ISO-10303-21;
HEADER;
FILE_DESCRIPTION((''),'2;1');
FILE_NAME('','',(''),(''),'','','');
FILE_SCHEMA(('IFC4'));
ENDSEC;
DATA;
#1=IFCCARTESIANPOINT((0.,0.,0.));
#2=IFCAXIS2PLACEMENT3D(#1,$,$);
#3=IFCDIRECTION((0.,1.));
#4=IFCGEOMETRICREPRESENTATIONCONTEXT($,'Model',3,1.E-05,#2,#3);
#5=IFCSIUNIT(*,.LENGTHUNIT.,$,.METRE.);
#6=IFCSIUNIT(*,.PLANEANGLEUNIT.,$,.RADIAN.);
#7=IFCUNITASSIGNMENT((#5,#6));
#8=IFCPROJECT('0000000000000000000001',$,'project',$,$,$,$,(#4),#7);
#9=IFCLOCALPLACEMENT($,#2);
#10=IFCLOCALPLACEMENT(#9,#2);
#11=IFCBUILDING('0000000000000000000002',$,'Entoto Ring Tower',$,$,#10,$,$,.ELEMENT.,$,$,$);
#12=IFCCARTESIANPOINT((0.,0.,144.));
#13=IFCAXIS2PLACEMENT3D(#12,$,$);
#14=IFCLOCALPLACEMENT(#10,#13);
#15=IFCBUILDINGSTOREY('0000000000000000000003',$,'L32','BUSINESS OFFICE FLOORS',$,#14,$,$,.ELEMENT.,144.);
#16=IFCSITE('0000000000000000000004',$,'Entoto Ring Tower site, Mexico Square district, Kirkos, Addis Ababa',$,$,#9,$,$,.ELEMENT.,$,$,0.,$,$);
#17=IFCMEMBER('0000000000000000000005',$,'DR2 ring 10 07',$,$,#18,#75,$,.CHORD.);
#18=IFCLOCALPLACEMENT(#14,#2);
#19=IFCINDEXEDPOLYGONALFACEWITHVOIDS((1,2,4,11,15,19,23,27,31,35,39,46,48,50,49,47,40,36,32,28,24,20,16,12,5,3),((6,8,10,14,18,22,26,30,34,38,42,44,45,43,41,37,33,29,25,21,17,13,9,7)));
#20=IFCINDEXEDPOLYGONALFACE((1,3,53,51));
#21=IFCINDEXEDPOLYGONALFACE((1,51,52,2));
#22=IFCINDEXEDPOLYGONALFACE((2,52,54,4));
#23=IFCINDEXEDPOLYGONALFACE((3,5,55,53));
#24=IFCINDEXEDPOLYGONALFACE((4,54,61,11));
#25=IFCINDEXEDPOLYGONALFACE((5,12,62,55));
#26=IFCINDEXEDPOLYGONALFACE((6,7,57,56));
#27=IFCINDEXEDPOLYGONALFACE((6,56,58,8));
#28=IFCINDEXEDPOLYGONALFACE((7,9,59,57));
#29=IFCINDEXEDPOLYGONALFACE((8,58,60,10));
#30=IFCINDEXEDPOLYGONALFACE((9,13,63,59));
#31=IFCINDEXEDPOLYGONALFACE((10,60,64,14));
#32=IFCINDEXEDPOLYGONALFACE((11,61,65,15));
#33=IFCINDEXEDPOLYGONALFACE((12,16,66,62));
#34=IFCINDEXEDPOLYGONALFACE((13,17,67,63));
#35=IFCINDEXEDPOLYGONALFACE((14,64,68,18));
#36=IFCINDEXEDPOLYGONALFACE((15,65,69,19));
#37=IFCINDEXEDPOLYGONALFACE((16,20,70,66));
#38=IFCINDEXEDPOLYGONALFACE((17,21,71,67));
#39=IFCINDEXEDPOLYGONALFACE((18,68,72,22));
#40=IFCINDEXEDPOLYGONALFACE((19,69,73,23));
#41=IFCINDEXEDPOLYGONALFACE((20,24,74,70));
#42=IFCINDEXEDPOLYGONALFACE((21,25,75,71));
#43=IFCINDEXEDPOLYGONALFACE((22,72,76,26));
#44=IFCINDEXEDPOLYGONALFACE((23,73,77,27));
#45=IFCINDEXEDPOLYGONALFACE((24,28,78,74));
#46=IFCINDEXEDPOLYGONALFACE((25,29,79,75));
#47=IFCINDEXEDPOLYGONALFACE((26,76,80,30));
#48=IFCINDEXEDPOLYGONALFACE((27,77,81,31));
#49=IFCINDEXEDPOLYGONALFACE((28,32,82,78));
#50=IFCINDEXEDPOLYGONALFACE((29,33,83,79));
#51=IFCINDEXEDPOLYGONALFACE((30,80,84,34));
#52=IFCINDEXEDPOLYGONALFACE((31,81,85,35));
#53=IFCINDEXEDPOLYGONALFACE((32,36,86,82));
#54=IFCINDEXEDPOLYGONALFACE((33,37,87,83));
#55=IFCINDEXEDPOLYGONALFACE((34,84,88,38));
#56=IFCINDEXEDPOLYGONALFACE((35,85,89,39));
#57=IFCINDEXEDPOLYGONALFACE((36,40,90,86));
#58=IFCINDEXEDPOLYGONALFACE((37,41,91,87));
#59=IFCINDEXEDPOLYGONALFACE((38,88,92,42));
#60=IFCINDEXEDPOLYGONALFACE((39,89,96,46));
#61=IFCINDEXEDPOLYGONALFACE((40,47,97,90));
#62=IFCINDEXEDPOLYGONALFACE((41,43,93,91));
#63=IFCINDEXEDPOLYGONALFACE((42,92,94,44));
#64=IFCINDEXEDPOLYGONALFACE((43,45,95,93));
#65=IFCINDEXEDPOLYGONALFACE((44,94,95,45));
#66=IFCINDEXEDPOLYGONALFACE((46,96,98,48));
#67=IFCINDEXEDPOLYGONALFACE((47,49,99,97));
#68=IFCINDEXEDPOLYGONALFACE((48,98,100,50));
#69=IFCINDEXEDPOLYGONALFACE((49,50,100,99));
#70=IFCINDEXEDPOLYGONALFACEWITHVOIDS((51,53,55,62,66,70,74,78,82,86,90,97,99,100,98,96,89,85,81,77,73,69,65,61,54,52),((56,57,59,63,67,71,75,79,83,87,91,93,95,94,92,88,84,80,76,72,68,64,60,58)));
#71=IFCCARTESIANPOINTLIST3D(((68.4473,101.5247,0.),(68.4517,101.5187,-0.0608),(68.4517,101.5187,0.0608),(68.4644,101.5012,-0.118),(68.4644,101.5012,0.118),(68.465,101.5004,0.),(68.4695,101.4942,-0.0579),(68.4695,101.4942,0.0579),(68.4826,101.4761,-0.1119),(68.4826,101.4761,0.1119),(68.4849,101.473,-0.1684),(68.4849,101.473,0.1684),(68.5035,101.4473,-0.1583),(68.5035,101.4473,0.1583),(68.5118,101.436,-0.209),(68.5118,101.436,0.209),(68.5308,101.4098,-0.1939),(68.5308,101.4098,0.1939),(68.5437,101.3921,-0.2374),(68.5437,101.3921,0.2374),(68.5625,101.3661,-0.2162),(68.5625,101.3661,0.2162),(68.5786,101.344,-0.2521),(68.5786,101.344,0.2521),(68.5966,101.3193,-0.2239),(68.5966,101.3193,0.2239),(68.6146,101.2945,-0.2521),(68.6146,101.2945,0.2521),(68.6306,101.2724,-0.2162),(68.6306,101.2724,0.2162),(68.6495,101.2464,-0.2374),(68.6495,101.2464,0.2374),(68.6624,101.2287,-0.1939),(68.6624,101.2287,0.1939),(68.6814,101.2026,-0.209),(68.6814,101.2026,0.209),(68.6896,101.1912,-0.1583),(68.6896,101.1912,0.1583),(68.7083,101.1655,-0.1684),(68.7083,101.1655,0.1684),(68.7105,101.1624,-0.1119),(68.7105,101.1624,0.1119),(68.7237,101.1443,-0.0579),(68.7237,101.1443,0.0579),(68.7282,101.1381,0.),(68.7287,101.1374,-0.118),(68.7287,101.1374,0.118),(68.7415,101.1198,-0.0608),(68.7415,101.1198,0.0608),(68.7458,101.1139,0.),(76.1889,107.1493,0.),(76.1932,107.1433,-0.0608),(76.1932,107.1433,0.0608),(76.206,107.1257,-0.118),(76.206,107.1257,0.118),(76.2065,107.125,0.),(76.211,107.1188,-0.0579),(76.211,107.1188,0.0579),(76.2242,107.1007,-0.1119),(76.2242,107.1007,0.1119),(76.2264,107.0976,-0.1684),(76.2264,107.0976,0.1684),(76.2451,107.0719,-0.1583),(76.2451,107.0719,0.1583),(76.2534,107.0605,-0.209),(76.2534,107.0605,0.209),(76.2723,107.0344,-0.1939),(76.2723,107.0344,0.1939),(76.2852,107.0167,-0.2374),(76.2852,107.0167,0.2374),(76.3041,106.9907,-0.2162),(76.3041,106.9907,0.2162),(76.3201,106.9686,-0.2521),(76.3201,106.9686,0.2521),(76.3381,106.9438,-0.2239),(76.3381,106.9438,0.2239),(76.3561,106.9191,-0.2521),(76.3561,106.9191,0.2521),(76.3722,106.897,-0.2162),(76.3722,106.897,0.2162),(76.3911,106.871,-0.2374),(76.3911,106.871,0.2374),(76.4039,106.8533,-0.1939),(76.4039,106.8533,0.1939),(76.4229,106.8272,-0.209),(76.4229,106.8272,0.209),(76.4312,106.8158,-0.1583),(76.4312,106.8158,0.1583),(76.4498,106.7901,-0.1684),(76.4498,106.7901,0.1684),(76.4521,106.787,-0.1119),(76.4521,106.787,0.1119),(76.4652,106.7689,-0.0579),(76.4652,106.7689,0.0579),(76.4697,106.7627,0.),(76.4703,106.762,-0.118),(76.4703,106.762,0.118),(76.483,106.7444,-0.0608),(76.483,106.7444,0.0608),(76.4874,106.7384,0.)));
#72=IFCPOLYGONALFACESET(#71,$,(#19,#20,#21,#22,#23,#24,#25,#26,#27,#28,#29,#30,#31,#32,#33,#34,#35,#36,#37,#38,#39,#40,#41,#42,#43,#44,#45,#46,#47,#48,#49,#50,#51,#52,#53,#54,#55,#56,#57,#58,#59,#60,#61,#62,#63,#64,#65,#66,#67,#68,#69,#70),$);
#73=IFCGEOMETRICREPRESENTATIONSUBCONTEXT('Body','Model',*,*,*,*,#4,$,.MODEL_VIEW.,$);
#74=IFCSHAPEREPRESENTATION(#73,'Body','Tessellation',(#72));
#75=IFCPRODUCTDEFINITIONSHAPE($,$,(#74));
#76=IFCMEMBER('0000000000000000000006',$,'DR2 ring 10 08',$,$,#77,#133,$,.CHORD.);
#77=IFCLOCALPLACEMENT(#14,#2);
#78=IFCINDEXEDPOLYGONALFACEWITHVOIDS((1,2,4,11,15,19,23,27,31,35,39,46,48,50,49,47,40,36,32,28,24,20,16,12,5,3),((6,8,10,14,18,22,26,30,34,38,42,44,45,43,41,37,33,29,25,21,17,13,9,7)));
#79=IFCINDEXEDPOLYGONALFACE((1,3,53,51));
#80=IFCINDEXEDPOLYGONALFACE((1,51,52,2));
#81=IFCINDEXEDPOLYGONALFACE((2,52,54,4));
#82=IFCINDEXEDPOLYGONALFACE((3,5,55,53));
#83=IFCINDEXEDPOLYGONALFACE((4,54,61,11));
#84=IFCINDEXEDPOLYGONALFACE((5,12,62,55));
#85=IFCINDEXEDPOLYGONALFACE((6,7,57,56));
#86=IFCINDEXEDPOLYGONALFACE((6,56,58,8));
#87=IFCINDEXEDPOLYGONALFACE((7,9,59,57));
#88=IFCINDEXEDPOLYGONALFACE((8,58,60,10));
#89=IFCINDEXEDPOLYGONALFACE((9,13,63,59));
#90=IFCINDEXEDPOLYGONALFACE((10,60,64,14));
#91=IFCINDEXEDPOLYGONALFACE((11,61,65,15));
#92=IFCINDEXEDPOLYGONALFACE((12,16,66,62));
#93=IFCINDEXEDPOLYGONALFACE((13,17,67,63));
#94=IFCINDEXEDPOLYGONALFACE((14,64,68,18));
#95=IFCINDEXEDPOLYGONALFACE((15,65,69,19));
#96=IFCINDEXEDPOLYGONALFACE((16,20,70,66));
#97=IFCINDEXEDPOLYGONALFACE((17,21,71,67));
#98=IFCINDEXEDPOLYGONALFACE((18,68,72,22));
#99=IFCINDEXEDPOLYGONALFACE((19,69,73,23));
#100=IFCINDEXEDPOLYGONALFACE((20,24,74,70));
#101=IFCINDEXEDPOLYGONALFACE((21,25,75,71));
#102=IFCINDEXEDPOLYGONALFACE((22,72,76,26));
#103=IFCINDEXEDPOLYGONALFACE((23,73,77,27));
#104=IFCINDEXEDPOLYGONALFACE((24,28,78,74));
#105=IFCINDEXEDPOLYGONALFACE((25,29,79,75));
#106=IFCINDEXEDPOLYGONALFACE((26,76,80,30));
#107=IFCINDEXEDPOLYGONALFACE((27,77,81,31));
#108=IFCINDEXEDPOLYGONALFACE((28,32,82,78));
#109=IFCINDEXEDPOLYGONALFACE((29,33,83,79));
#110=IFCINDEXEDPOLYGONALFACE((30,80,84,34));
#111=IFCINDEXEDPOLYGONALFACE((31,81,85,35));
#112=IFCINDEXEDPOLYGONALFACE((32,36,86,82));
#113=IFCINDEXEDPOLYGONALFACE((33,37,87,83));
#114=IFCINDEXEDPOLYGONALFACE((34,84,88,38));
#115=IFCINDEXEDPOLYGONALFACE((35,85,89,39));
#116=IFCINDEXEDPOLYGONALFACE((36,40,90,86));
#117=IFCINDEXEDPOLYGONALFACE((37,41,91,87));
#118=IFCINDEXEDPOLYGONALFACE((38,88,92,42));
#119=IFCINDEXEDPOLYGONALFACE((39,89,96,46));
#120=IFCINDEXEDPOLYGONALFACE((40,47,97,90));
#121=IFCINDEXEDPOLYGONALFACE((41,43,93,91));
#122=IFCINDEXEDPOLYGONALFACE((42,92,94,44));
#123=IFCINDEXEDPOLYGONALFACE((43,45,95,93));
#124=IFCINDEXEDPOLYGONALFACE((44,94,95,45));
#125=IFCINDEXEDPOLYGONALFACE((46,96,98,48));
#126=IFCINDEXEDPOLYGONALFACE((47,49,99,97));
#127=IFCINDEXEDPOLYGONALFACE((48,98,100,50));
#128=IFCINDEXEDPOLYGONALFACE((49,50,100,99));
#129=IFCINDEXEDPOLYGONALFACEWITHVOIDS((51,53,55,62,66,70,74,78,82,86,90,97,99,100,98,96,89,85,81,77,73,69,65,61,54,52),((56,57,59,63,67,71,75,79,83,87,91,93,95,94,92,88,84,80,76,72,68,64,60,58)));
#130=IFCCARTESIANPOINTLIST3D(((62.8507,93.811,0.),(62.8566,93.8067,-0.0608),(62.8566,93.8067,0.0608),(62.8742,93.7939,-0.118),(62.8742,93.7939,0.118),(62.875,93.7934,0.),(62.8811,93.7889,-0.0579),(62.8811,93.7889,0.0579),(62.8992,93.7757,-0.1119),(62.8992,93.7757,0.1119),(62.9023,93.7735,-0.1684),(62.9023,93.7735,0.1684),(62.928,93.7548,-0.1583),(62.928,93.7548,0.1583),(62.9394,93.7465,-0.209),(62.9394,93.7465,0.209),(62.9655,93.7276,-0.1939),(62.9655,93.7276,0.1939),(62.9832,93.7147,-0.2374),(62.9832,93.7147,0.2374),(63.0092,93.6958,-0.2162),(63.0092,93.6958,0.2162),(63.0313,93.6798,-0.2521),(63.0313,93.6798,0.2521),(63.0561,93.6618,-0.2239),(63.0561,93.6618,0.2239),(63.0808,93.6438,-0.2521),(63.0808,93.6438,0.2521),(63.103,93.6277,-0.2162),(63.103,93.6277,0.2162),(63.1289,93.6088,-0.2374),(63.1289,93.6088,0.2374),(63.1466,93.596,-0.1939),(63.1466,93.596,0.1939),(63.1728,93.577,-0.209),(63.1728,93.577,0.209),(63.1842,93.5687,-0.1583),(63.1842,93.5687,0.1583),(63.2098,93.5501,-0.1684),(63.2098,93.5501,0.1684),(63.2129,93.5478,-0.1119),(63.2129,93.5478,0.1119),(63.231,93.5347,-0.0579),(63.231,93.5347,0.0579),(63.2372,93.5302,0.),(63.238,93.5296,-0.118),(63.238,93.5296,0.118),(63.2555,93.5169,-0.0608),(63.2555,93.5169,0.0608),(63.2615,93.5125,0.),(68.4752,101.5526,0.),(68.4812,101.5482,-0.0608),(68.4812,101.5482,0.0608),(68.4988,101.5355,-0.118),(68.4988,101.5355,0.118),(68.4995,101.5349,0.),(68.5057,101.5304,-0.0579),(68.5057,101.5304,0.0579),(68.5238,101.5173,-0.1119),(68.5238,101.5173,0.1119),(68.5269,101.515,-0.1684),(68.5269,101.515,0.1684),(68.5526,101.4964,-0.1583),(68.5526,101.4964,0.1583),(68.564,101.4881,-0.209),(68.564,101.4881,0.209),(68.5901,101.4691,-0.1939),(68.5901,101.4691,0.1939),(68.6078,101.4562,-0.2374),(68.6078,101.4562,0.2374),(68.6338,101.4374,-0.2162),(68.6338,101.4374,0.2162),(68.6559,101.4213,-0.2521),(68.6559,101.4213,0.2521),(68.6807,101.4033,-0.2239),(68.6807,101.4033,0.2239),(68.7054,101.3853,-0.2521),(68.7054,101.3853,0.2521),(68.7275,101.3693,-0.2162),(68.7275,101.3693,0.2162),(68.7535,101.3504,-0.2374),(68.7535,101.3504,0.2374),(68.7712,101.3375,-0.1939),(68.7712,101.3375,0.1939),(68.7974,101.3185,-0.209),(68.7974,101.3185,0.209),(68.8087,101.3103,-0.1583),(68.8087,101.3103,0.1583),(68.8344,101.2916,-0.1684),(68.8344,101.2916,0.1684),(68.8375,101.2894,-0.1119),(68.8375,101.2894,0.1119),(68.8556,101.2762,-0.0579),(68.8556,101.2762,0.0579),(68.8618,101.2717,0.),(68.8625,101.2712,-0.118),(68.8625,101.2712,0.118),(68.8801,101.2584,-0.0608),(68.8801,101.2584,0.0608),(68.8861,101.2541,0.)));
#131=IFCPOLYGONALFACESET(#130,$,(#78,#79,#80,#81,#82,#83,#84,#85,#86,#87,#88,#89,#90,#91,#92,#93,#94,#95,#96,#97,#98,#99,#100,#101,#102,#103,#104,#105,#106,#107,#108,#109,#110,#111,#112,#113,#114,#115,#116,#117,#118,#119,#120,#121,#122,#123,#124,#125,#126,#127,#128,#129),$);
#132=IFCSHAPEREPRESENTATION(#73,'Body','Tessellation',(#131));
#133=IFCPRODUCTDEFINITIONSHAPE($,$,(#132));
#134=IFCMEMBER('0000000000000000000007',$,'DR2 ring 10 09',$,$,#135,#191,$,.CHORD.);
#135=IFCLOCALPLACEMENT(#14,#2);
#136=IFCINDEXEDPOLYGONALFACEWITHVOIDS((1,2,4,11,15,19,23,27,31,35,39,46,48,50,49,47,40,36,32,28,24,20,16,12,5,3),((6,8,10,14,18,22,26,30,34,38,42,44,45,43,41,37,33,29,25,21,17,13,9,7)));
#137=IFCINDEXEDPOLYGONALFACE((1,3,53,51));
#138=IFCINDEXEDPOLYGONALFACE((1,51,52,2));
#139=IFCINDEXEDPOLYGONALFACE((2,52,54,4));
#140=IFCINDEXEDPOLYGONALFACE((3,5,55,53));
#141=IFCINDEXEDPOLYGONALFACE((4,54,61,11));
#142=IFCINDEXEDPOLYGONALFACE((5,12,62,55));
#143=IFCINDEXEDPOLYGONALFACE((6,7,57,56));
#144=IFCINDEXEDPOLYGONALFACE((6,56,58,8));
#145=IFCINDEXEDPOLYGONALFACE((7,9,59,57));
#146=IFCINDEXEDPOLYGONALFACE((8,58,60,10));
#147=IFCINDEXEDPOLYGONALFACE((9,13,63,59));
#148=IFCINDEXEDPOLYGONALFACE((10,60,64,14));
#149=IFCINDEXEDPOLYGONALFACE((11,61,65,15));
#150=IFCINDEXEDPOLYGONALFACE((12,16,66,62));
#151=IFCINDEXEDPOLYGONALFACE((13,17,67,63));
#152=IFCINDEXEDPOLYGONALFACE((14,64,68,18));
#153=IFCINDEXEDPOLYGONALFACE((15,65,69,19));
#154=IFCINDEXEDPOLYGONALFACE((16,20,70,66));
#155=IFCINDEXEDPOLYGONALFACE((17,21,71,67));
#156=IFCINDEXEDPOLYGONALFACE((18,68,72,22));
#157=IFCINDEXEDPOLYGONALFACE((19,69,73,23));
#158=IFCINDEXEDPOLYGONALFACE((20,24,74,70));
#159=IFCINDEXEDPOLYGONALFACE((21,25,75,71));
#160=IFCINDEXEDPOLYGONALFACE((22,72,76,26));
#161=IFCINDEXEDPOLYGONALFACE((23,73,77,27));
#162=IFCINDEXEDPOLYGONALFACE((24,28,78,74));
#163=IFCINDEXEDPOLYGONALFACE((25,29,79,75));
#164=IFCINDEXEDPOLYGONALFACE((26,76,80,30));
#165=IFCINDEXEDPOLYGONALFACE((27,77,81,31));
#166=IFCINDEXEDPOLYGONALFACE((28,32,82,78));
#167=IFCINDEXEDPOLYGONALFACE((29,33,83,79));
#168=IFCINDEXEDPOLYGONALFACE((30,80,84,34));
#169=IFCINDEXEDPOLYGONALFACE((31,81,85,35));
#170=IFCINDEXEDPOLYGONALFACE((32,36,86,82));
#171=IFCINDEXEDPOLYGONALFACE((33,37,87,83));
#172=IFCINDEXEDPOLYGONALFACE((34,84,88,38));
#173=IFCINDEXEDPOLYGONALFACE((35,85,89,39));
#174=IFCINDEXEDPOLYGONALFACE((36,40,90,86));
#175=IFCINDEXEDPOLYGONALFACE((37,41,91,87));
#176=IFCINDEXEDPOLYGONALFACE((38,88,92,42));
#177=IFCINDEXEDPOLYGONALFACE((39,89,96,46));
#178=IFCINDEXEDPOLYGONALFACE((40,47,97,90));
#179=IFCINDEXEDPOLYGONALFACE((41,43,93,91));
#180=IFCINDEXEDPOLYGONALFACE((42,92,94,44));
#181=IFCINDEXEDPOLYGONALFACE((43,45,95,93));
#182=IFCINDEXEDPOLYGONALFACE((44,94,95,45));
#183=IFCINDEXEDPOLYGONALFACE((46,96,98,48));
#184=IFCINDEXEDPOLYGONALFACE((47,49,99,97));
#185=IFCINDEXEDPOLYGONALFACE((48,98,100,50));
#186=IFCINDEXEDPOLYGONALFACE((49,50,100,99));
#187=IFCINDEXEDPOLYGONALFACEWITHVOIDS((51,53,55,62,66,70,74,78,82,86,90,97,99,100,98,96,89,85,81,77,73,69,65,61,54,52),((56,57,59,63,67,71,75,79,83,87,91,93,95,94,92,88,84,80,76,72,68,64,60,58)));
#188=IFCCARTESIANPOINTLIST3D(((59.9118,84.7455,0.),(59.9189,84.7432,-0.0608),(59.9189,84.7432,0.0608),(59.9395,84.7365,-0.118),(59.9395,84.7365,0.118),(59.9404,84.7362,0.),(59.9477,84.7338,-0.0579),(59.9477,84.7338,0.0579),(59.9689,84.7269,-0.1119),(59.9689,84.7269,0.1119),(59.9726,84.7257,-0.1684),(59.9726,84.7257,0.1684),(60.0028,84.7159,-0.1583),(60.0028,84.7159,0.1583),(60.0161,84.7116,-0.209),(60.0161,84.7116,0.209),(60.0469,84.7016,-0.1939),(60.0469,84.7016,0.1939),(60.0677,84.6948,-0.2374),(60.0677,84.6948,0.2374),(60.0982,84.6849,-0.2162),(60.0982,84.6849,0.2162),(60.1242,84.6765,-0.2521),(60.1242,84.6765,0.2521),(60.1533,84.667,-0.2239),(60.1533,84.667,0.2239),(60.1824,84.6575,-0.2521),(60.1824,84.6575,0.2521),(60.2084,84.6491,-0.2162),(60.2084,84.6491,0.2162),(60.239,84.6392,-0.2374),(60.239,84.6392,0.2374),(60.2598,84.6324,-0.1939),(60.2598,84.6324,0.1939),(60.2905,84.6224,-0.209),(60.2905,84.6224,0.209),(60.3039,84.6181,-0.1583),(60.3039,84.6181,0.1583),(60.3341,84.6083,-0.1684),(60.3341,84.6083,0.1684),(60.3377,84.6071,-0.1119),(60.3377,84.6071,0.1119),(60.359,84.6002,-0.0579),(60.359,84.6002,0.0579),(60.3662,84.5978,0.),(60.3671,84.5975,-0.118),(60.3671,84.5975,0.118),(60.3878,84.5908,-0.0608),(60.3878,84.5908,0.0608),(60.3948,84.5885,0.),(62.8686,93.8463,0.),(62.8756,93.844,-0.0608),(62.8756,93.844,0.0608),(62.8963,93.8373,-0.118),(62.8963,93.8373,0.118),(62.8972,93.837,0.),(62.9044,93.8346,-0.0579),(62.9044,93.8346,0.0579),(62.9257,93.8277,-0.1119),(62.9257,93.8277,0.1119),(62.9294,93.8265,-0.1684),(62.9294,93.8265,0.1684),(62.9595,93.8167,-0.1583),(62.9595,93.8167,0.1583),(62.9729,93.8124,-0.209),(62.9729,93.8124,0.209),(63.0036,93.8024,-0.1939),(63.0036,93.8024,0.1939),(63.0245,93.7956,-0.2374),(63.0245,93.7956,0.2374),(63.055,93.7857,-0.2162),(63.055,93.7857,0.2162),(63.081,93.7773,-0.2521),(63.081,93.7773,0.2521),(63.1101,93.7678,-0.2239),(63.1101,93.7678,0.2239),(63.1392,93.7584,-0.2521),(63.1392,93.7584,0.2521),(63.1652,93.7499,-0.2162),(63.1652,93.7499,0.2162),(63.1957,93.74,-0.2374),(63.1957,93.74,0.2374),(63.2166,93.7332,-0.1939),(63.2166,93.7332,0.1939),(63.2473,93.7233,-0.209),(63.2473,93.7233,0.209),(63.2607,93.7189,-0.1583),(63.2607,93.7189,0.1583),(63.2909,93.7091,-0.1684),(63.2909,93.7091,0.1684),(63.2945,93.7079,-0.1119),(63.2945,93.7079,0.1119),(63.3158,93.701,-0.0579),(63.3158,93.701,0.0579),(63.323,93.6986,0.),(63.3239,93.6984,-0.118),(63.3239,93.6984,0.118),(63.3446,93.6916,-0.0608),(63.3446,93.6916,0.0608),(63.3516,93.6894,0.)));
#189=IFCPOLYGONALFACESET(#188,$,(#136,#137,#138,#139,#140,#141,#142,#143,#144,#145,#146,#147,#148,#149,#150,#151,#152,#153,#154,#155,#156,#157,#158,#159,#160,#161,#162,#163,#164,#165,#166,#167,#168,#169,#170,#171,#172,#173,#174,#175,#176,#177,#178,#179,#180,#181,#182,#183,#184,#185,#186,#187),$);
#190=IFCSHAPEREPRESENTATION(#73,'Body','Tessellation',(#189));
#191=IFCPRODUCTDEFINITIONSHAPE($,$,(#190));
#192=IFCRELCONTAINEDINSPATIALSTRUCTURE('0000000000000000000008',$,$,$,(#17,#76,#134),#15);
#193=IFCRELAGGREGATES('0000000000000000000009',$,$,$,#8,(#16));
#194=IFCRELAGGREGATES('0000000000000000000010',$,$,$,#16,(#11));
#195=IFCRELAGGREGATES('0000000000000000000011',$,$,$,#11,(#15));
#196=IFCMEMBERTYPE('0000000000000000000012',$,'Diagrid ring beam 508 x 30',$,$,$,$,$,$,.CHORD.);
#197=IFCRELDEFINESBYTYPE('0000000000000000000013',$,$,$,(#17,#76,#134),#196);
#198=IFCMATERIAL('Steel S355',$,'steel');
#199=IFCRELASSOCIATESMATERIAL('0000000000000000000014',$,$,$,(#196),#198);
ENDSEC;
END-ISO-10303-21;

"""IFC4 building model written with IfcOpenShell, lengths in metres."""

from ifc_helpers import new_model, si_unit, direction, frame, origin, origin_2d, place, context, subcontext, project, spatial, circle, hollow_circle, extrude, material, material_profile, profile_set, type_object, element, save


model = new_model("IFC4")

# Units and contexts
model_context = context("Model", 3, precision=1e-05, world=origin(), true_north=direction((0.0, 1.0)))
body_context = subcontext(model_context, "Body", "Model", "MODEL_VIEW")
ifc_project = project(units=[si_unit("LENGTHUNIT", "METRE"), si_unit("PLANEANGLEUNIT", "RADIAN")], contexts=[model_context])

# Site, building, storey
site_placement = place(None, origin())
site = spatial("IfcSite", under=ifc_project, at=site_placement, Name="Entoto Ring Tower site, Mexico Square district, Kirkos, Addis Ababa", CompositionType="ELEMENT", RefElevation=0.0)
building_placement = place(site_placement, origin())
building = spatial("IfcBuilding", under=site, at=building_placement, Name="Entoto Ring Tower", CompositionType="ELEMENT")
storey_placement = place(building_placement, frame((0.0, 0.0, 144.0)))
storey = spatial("IfcBuildingStorey", under=building, at=storey_placement, Name="L32", Description="BUSINESS OFFICE FLOORS", CompositionType="ELEMENT", Elevation=144.0)

# Members
ifc_material_1 = material(Name="Steel S355", Category="steel")
ifc_material_profile_1 = material_profile(ifc_material_1, hollow_circle(Radius=0.2539, WallThickness=0.03, at=origin_2d()), Name="CHS 508 x 30")
ifc_material_2 = material(Name="Concrete C60/75", Category="concrete")
ifc_material_profile_2 = material_profile(ifc_material_2, circle(Radius=0.2241, at=origin_2d()), Name="Concrete C60/75 infill")
ifc_profile_set_1 = profile_set([ifc_material_profile_1, ifc_material_profile_2], Name="Steel S355")
member_type_1 = type_object("IfcMemberType", Name="Diagrid ring beam 508 x 30", PredefinedType="CHORD", material=ifc_profile_set_1)
for number, where, z_axis, x_axis, name in (
    (1, (76.3381, 106.9438, 0.0), (-0.809016, -0.587786, 0.0), (0.587786, -0.809016, 0.0), "DR2 ring 10 07"),
    (2, (68.6807, 101.4033, 0.0), (-0.587786, -0.809016, 0.0), (0.809016, -0.587786, 0.0), "DR2 ring 10 08"),
    (3, (63.1101, 93.7678, 0.0), (-0.308993, -0.951064, 0.0), (0.951064, -0.308993, 0.0), "DR2 ring 10 09"),
):
    element("IfcMember", number, at=place(storey_placement, frame(where, z_axis=z_axis, x_axis=x_axis)), inside=storey, type_object=member_type_1, Name=name, PredefinedType="CHORD", context=body_context, shape_type="SweptSolid", body=[
        extrude(hollow_circle(Radius=0.2539, WallThickness=0.03, at=origin_2d()), origin(), (0.0, 0.0, 1.0), 9.5691),
    ])

save(model, "model.ifc")
